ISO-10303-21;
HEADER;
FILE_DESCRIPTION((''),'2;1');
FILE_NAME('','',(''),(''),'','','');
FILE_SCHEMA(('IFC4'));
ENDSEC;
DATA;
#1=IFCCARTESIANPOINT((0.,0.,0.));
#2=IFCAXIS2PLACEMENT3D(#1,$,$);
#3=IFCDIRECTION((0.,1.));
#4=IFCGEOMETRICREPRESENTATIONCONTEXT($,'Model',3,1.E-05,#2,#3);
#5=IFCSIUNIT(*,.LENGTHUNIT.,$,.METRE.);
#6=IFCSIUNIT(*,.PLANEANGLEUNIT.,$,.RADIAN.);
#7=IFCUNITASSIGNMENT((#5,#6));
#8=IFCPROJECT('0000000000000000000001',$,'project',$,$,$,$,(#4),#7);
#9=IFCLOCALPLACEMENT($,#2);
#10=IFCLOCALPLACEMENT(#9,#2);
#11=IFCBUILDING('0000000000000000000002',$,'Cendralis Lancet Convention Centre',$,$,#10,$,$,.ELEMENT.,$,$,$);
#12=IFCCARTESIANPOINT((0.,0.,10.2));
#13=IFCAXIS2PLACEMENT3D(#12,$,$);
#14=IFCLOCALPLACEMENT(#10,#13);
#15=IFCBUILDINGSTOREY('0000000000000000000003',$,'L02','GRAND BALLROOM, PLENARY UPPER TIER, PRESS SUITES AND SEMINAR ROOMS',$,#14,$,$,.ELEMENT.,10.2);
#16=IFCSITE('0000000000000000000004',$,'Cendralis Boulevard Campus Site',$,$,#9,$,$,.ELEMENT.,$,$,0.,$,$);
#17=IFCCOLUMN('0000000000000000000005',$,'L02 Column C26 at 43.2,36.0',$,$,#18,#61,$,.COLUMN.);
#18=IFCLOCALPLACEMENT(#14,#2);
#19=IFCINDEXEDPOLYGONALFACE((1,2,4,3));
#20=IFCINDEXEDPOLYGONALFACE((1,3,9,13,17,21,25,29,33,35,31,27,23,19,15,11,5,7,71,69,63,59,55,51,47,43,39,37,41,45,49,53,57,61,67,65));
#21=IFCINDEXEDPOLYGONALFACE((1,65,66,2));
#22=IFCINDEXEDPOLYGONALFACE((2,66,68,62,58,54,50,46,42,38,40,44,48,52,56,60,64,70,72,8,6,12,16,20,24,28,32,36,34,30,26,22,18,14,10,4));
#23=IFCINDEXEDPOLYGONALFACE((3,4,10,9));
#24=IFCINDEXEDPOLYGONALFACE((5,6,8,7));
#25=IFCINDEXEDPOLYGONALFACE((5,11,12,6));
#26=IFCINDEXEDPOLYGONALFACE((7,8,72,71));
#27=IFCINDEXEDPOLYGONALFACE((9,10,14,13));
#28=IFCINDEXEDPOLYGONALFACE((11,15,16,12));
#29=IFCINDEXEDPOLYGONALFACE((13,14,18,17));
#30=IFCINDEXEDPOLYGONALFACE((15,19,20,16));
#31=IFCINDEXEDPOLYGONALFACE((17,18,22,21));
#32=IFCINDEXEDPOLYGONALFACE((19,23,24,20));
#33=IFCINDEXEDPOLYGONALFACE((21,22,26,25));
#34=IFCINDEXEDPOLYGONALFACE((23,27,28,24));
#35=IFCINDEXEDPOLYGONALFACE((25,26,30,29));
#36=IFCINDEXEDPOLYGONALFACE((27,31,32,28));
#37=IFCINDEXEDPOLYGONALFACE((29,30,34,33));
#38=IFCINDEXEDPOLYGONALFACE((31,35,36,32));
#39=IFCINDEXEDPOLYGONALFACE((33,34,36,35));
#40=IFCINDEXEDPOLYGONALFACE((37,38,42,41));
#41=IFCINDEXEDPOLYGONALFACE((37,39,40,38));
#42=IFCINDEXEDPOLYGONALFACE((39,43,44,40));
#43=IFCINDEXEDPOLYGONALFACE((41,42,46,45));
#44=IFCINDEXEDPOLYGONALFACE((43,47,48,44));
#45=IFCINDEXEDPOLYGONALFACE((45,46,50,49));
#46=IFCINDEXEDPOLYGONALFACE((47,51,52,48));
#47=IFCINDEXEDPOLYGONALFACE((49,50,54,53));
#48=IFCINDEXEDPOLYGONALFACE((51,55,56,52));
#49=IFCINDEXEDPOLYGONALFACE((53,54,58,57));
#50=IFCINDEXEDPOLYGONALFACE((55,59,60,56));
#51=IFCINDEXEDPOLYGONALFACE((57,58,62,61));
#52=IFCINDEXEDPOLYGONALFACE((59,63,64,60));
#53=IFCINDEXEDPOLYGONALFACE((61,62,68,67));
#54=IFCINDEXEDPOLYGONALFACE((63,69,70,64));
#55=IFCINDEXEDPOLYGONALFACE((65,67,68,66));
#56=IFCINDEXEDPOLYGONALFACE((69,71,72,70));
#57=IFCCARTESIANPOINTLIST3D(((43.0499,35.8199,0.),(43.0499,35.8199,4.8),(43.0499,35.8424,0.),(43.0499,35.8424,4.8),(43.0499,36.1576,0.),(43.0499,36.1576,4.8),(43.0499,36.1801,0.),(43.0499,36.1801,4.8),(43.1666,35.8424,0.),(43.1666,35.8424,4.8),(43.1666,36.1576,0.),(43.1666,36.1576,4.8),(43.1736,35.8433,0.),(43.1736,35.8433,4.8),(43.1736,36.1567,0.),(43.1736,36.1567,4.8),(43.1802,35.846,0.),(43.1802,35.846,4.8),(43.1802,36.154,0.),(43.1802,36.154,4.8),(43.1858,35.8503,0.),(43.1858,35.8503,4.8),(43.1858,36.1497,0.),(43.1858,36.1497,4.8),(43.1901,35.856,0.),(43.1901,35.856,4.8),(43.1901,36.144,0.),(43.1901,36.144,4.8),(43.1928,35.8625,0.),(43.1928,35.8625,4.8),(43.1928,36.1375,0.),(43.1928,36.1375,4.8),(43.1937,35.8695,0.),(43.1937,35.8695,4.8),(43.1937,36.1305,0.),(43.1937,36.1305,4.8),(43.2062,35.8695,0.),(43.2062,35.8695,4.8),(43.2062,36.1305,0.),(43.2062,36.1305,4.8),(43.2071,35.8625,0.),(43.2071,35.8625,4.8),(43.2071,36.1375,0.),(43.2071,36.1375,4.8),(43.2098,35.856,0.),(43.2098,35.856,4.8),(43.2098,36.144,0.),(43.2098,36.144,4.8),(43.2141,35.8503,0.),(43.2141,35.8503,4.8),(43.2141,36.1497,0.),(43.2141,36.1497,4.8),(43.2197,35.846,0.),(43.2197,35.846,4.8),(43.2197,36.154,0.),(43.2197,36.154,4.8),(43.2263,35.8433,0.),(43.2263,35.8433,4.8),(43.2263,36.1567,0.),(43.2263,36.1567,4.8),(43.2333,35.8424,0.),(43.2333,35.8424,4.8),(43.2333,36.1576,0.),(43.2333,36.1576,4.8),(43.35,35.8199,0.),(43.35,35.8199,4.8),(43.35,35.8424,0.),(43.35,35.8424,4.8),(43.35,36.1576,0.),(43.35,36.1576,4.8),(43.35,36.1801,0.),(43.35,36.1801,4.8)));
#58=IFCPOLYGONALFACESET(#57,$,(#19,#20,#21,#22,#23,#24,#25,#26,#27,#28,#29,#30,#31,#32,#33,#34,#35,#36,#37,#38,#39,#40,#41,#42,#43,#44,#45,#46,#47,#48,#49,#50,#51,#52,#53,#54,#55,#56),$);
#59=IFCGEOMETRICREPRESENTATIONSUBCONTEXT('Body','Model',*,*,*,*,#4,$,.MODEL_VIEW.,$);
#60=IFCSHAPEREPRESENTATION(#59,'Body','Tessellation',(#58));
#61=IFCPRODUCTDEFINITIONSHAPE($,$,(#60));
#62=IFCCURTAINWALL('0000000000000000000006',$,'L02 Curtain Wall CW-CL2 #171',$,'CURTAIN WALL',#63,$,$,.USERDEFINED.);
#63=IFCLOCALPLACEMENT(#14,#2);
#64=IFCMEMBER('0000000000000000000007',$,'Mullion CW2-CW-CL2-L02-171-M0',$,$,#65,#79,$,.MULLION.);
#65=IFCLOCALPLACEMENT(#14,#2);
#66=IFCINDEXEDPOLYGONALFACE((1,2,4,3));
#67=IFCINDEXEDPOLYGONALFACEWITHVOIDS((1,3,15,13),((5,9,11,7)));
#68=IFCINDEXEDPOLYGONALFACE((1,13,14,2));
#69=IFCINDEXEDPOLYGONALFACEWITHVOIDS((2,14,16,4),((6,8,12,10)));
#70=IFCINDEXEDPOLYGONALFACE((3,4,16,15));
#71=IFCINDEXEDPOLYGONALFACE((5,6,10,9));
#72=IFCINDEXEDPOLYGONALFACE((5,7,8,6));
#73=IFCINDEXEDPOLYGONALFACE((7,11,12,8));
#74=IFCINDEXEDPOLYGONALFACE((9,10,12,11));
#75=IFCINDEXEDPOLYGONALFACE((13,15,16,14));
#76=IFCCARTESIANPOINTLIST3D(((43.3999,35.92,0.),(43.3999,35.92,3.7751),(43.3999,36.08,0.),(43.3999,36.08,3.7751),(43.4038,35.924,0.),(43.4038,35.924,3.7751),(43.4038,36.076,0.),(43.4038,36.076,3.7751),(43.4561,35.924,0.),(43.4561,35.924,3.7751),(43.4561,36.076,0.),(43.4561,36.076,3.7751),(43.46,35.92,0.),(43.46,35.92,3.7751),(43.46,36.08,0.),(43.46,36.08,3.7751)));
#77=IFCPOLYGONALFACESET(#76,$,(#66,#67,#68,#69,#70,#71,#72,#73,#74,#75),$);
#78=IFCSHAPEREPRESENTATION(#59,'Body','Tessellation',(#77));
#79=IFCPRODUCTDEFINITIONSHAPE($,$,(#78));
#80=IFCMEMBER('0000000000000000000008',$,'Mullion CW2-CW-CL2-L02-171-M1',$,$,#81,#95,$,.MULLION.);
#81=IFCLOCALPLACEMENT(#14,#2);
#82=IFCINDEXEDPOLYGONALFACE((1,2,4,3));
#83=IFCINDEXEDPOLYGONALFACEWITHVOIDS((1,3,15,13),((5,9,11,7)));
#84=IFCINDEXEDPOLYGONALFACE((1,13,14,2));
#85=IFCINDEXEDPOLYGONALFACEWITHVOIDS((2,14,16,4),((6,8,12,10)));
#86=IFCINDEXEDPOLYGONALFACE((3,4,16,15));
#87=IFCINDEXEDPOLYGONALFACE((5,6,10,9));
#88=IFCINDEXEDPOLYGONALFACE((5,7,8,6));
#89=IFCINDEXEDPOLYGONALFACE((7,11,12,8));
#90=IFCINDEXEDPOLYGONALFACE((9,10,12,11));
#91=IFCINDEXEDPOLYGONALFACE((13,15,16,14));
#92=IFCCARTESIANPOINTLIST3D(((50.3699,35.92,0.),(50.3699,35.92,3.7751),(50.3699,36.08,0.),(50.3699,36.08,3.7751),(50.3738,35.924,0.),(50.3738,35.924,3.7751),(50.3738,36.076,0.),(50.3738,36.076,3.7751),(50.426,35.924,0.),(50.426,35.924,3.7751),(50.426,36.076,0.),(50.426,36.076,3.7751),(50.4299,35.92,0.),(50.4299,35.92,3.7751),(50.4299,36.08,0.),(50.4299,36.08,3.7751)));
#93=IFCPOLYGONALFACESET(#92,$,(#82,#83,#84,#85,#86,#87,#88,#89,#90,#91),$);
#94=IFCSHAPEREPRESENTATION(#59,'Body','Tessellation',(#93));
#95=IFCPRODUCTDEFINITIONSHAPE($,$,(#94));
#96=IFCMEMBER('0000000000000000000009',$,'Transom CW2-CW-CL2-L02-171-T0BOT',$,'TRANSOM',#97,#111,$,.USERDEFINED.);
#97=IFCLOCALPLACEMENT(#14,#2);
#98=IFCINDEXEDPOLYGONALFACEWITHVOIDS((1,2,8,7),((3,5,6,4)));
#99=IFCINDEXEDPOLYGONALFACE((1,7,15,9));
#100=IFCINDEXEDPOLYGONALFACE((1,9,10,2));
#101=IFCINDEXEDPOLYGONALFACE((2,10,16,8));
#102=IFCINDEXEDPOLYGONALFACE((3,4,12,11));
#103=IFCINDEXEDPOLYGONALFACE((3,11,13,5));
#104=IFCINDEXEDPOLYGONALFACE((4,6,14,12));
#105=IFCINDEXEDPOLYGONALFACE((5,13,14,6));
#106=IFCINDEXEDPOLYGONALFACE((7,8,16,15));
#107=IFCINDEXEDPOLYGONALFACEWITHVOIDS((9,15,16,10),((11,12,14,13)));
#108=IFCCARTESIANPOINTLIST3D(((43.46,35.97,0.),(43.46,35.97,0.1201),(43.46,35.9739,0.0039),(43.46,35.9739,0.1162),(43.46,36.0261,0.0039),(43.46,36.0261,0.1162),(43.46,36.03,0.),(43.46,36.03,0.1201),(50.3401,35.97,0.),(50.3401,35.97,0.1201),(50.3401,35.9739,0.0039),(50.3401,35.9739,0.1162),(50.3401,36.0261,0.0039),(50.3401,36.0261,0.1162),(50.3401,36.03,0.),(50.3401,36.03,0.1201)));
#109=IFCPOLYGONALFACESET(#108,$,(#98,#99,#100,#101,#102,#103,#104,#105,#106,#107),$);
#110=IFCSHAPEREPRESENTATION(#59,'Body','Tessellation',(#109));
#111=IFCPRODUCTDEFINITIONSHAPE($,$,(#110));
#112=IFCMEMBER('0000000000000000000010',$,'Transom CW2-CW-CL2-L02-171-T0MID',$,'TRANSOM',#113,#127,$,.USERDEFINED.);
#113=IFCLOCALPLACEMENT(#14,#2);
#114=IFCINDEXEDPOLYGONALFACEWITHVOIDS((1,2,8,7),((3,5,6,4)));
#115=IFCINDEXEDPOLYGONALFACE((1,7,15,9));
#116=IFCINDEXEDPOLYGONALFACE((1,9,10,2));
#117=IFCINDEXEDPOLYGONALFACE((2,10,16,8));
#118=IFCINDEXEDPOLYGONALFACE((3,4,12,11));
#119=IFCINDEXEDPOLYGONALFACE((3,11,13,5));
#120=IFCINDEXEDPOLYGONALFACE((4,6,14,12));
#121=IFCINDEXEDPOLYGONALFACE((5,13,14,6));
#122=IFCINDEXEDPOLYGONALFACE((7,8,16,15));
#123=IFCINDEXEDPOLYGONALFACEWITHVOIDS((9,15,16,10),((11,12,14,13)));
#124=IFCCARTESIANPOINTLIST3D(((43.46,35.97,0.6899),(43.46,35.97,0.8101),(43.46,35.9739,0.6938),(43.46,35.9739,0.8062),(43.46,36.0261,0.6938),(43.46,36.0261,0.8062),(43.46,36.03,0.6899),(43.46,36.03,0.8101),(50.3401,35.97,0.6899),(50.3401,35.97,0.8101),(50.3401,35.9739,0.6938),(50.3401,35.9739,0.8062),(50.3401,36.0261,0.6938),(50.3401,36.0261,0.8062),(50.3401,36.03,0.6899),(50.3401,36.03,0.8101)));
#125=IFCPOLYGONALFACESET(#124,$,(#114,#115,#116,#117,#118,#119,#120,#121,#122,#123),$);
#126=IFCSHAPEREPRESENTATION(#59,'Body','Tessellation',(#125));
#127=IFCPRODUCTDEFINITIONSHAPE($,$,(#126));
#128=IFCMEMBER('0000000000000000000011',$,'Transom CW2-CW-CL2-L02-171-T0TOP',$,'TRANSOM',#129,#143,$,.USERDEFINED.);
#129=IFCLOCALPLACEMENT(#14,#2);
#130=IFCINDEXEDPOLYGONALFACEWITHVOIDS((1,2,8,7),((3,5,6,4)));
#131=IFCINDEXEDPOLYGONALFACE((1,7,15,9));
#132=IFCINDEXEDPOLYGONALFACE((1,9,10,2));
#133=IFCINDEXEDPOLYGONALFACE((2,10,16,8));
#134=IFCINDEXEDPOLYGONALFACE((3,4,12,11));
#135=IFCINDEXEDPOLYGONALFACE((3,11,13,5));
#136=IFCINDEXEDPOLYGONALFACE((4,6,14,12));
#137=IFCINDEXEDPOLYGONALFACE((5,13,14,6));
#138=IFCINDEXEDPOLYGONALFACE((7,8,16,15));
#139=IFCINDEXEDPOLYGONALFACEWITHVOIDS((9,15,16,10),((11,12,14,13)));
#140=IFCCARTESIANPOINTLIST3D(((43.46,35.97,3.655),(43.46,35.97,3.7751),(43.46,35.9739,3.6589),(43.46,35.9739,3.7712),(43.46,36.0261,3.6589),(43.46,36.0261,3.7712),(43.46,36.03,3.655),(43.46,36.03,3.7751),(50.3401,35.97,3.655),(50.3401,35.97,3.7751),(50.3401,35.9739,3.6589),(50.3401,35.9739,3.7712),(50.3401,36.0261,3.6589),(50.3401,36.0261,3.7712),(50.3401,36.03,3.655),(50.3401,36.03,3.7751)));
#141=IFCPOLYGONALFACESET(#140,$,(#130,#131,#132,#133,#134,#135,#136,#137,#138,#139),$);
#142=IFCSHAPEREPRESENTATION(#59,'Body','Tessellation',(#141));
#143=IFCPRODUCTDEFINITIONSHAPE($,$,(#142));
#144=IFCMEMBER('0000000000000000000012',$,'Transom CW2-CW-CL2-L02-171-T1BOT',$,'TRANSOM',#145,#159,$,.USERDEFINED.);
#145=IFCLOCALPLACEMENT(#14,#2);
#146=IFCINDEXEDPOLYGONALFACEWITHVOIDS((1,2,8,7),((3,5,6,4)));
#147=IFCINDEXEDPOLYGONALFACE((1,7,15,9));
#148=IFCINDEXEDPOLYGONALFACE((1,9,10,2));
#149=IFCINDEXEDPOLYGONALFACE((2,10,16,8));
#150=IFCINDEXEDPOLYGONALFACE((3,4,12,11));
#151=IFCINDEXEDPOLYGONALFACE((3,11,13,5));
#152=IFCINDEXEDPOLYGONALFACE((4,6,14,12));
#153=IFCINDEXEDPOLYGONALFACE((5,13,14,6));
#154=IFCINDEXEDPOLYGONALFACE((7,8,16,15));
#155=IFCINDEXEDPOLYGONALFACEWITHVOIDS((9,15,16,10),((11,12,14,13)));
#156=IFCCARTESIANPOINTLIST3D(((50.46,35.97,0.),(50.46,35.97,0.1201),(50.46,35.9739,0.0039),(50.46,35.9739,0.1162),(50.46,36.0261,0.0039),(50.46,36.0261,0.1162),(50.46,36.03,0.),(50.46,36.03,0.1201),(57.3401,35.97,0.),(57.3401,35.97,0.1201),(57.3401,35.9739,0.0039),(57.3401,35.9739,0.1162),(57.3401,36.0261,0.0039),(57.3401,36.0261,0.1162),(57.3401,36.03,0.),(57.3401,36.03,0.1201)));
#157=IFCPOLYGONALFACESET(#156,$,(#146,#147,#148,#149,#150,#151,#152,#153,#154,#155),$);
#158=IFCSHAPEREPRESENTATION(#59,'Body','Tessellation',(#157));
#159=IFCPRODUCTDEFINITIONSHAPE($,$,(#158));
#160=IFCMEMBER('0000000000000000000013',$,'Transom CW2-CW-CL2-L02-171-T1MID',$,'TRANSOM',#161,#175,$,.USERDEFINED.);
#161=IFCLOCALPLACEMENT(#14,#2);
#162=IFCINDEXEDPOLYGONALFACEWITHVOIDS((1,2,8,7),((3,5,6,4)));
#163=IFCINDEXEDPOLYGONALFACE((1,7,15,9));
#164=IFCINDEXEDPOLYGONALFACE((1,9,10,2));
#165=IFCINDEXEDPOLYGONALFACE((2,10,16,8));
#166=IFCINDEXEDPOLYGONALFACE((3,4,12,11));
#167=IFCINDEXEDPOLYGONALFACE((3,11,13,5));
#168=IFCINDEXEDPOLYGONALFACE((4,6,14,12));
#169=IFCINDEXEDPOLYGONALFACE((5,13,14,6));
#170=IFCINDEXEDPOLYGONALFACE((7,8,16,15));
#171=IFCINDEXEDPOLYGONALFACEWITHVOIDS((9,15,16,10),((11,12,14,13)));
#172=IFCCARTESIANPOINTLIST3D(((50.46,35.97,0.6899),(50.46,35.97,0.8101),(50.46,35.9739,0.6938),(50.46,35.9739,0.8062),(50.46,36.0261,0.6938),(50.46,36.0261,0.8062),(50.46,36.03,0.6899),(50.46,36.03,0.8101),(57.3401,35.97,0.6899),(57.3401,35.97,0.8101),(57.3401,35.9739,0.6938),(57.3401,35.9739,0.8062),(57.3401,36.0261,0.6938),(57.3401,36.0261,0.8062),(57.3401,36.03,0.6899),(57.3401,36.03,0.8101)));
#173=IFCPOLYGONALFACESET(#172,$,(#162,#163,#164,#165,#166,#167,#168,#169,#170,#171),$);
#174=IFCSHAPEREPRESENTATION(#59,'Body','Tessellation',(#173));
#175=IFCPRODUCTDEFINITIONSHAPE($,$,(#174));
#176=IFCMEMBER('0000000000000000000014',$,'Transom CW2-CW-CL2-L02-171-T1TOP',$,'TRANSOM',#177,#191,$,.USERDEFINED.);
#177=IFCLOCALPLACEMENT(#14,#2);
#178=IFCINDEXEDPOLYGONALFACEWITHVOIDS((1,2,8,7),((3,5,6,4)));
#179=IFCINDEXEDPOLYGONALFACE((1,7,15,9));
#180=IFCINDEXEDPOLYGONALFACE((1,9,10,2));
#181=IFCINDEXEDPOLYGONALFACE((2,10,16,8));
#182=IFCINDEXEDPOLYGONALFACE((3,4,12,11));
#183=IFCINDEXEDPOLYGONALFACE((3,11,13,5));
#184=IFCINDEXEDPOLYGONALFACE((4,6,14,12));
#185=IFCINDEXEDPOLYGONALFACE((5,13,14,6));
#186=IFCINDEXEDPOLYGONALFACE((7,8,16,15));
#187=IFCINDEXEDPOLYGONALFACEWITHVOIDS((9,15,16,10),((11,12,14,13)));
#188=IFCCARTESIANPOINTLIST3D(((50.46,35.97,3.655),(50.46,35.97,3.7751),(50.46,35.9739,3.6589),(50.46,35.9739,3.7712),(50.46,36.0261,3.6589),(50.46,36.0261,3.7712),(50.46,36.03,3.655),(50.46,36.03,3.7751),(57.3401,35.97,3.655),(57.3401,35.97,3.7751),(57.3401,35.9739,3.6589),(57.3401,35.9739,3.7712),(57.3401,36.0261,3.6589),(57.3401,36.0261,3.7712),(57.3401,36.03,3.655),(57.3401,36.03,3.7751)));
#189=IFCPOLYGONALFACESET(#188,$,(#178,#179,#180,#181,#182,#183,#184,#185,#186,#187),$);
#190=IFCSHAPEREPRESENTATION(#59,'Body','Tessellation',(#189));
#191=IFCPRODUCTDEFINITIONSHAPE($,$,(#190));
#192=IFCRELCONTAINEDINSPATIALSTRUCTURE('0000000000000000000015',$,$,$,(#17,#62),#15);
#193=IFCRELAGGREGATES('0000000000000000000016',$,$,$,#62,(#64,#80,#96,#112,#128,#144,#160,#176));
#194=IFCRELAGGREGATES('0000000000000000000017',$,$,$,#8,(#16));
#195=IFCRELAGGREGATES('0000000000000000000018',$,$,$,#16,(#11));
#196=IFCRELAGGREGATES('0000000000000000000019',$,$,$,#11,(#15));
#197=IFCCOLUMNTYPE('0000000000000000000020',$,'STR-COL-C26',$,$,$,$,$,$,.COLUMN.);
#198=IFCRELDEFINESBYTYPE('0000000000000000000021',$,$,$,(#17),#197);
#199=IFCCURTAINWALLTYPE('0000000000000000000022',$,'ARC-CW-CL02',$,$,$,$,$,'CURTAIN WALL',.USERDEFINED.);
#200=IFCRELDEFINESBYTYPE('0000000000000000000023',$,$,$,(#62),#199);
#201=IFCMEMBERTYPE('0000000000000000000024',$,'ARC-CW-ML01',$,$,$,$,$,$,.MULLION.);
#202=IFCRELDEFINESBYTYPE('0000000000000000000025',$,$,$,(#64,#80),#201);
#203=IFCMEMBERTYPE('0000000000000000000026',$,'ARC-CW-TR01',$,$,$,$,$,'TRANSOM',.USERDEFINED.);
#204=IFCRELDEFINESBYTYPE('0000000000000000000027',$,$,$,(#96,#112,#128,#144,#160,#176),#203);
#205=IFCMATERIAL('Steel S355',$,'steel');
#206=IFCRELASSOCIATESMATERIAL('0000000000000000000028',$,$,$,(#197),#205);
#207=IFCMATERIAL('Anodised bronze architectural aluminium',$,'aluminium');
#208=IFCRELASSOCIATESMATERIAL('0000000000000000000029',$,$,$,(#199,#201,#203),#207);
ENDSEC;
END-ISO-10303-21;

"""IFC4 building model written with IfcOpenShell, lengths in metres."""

from ifc_helpers import new_model, si_unit, direction, frame, origin, origin_2d, place, context, subcontext, project, spatial, hollow_rectangle, i_section, extrude, material, material_profile, profile_set, type_object, element, aggregate, save


model = new_model("IFC4")

# Units and contexts
model_context = context("Model", 3, precision=1e-05, world=origin(), true_north=direction((0.0, 1.0)))
body_context = subcontext(model_context, "Body", "Model", "MODEL_VIEW")
ifc_project = project(units=[si_unit("LENGTHUNIT", "METRE"), si_unit("PLANEANGLEUNIT", "RADIAN")], contexts=[model_context])

# Site, building, storey
site_placement = place(None, origin())
site = spatial("IfcSite", under=ifc_project, at=site_placement, Name="Cendralis Boulevard Campus Site", CompositionType="ELEMENT", RefElevation=0.0)
building_placement = place(site_placement, origin())
building = spatial("IfcBuilding", under=site, at=building_placement, Name="Cendralis Lancet Convention Centre", CompositionType="ELEMENT")
storey_placement = place(building_placement, frame((0.0, 0.0, 10.2)))
storey = spatial("IfcBuildingStorey", under=building, at=storey_placement, Name="L02", Description="GRAND BALLROOM, PLENARY UPPER TIER, PRESS SUITES AND SEMINAR ROOMS", CompositionType="ELEMENT", Elevation=10.2)

# Column
ifc_material_1 = material(Name="Steel S355", Category="steel")
ifc_material_profile_1 = material_profile(ifc_material_1, i_section(OverallWidth=0.3, OverallDepth=0.3601, WebThickness=0.0125, FlangeThickness=0.0225, FilletRadius=0.0271, at=origin_2d()), Name="HEB 360")
ifc_profile_set_1 = profile_set([ifc_material_profile_1], Name="Steel S355")
column_type = type_object("IfcColumnType", Name="STR-COL-C26", PredefinedType="COLUMN", material=ifc_profile_set_1)
column_placement = place(storey_placement, frame((43.2, 36.0, 0.0), z_axis=(0.0, 0.0, 1.0), x_axis=(1.0, 0.0, 0.0)))
element("IfcColumn", 1, at=column_placement, inside=storey, type_object=column_type, Name="L02 Column C26 at 43.2,36.0", PredefinedType="COLUMN", context=body_context, shape_type="SweptSolid", body=[
    extrude(i_section(OverallWidth=0.3, OverallDepth=0.3601, WebThickness=0.0125, FlangeThickness=0.0225, FilletRadius=0.0271, at=origin_2d()), origin(), (0.0, 0.0, 1.0), 4.8),
])

# Curtain wall, members
ifc_material_2 = material(Name="Anodised bronze architectural aluminium", Category="aluminium")
curtain_wall_type = type_object("IfcCurtainWallType", Name="ARC-CW-CL02", ElementType="CURTAIN WALL", PredefinedType="USERDEFINED", material=ifc_material_2)
curtain_wall_placement = place(storey_placement, origin())
curtain_wall = element("IfcCurtainWall", 2, at=curtain_wall_placement, inside=storey, type_object=curtain_wall_type, Name="L02 Curtain Wall CW-CL2 #171", ObjectType="CURTAIN WALL", PredefinedType="USERDEFINED")
ifc_material_profile_2 = material_profile(ifc_material_2, hollow_rectangle(XDim=0.0601, YDim=0.1599, WallThickness=0.0039, at=origin_2d()), Name="AL-MULL 60x160x4.0")
ifc_profile_set_2 = profile_set([ifc_material_profile_2], Name="Anodised bronze architectural aluminium")
member_type_1 = type_object("IfcMemberType", Name="ARC-CW-ML01", PredefinedType="MULLION", material=ifc_profile_set_2)
member_1_placement = place(storey_placement, frame((43.4299, 36.0, 0.0), z_axis=(0.0, 0.0, 1.0), x_axis=(1.0, 0.0, 0.0)))
member_1 = element("IfcMember", 3, at=member_1_placement, type_object=member_type_1, Name="Mullion CW2-CW-CL2-L02-171-M0", PredefinedType="MULLION", context=body_context, shape_type="SweptSolid", body=[
    extrude(hollow_rectangle(XDim=0.0601, YDim=0.1599, WallThickness=0.0039, at=origin_2d()), origin(), (0.0, 0.0, 1.0), 3.7751),
])
member_2_placement = place(storey_placement, frame((50.3999, 36.0, 0.0), z_axis=(0.0, 0.0, 1.0), x_axis=(1.0, 0.0, 0.0)))
member_2 = element("IfcMember", 4, at=member_2_placement, type_object=member_type_1, Name="Mullion CW2-CW-CL2-L02-171-M1", PredefinedType="MULLION", context=body_context, shape_type="SweptSolid", body=[
    extrude(hollow_rectangle(XDim=0.0601, YDim=0.1599, WallThickness=0.0039, at=origin_2d()), origin(), (0.0, 0.0, 1.0), 3.7751),
])
ifc_material_profile_3 = material_profile(ifc_material_2, hollow_rectangle(XDim=0.0601, YDim=0.1201, WallThickness=0.0039, at=origin_2d()), Name="AL-TRAN 60x120x4.0")
ifc_profile_set_3 = profile_set([ifc_material_profile_3], Name="Anodised bronze architectural aluminium")
member_type_2 = type_object("IfcMemberType", Name="ARC-CW-TR01", ElementType="TRANSOM", PredefinedType="USERDEFINED", material=ifc_profile_set_3)
member_3_placement = place(storey_placement, frame((43.46, 36.0, 0.0601), z_axis=(1.0, 0.0, 0.0), x_axis=(0.0, 1.0, 0.0)))
member_3 = element("IfcMember", 5, at=member_3_placement, type_object=member_type_2, Name="Transom CW2-CW-CL2-L02-171-T0BOT", ObjectType="TRANSOM", PredefinedType="USERDEFINED", context=body_context, shape_type="SweptSolid", body=[
    extrude(hollow_rectangle(XDim=0.0601, YDim=0.1201, WallThickness=0.0039, at=origin_2d()), origin(), (0.0, 0.0, 1.0), 6.8801),
])
member_4_placement = place(storey_placement, frame((43.46, 36.0, 0.75), z_axis=(1.0, 0.0, 0.0), x_axis=(0.0, 1.0, 0.0)))
member_4 = element("IfcMember", 6, at=member_4_placement, type_object=member_type_2, Name="Transom CW2-CW-CL2-L02-171-T0MID", ObjectType="TRANSOM", PredefinedType="USERDEFINED", context=body_context, shape_type="SweptSolid", body=[
    extrude(hollow_rectangle(XDim=0.0601, YDim=0.1201, WallThickness=0.0039, at=origin_2d()), origin(), (0.0, 0.0, 1.0), 6.8801),
])
member_5_placement = place(storey_placement, frame((43.46, 36.0, 3.7151), z_axis=(1.0, 0.0, 0.0), x_axis=(0.0, 1.0, 0.0)))
member_5 = element("IfcMember", 7, at=member_5_placement, type_object=member_type_2, Name="Transom CW2-CW-CL2-L02-171-T0TOP", ObjectType="TRANSOM", PredefinedType="USERDEFINED", context=body_context, shape_type="SweptSolid", body=[
    extrude(hollow_rectangle(XDim=0.0601, YDim=0.1201, WallThickness=0.0039, at=origin_2d()), origin(), (0.0, 0.0, 1.0), 6.8801),
])
member_6_placement = place(storey_placement, frame((50.46, 36.0, 0.0601), z_axis=(1.0, 0.0, 0.0), x_axis=(0.0, 1.0, 0.0)))
member_6 = element("IfcMember", 8, at=member_6_placement, type_object=member_type_2, Name="Transom CW2-CW-CL2-L02-171-T1BOT", ObjectType="TRANSOM", PredefinedType="USERDEFINED", context=body_context, shape_type="SweptSolid", body=[
    extrude(hollow_rectangle(XDim=0.0601, YDim=0.1201, WallThickness=0.0039, at=origin_2d()), origin(), (0.0, 0.0, 1.0), 6.8801),
])
member_7_placement = place(storey_placement, frame((50.46, 36.0, 0.75), z_axis=(1.0, 0.0, 0.0), x_axis=(0.0, 1.0, 0.0)))
member_7 = element("IfcMember", 9, at=member_7_placement, type_object=member_type_2, Name="Transom CW2-CW-CL2-L02-171-T1MID", ObjectType="TRANSOM", PredefinedType="USERDEFINED", context=body_context, shape_type="SweptSolid", body=[
    extrude(hollow_rectangle(XDim=0.0601, YDim=0.1201, WallThickness=0.0039, at=origin_2d()), origin(), (0.0, 0.0, 1.0), 6.8801),
])
member_8_placement = place(storey_placement, frame((50.46, 36.0, 3.7151), z_axis=(1.0, 0.0, 0.0), x_axis=(0.0, 1.0, 0.0)))
member_8 = element("IfcMember", 10, at=member_8_placement, type_object=member_type_2, Name="Transom CW2-CW-CL2-L02-171-T1TOP", ObjectType="TRANSOM", PredefinedType="USERDEFINED", context=body_context, shape_type="SweptSolid", body=[
    extrude(hollow_rectangle(XDim=0.0601, YDim=0.1201, WallThickness=0.0039, at=origin_2d()), origin(), (0.0, 0.0, 1.0), 6.8801),
])

aggregate(curtain_wall, [member_1, member_2, member_3, member_4, member_5, member_6, member_7, member_8])

save(model, "model.ifc")
